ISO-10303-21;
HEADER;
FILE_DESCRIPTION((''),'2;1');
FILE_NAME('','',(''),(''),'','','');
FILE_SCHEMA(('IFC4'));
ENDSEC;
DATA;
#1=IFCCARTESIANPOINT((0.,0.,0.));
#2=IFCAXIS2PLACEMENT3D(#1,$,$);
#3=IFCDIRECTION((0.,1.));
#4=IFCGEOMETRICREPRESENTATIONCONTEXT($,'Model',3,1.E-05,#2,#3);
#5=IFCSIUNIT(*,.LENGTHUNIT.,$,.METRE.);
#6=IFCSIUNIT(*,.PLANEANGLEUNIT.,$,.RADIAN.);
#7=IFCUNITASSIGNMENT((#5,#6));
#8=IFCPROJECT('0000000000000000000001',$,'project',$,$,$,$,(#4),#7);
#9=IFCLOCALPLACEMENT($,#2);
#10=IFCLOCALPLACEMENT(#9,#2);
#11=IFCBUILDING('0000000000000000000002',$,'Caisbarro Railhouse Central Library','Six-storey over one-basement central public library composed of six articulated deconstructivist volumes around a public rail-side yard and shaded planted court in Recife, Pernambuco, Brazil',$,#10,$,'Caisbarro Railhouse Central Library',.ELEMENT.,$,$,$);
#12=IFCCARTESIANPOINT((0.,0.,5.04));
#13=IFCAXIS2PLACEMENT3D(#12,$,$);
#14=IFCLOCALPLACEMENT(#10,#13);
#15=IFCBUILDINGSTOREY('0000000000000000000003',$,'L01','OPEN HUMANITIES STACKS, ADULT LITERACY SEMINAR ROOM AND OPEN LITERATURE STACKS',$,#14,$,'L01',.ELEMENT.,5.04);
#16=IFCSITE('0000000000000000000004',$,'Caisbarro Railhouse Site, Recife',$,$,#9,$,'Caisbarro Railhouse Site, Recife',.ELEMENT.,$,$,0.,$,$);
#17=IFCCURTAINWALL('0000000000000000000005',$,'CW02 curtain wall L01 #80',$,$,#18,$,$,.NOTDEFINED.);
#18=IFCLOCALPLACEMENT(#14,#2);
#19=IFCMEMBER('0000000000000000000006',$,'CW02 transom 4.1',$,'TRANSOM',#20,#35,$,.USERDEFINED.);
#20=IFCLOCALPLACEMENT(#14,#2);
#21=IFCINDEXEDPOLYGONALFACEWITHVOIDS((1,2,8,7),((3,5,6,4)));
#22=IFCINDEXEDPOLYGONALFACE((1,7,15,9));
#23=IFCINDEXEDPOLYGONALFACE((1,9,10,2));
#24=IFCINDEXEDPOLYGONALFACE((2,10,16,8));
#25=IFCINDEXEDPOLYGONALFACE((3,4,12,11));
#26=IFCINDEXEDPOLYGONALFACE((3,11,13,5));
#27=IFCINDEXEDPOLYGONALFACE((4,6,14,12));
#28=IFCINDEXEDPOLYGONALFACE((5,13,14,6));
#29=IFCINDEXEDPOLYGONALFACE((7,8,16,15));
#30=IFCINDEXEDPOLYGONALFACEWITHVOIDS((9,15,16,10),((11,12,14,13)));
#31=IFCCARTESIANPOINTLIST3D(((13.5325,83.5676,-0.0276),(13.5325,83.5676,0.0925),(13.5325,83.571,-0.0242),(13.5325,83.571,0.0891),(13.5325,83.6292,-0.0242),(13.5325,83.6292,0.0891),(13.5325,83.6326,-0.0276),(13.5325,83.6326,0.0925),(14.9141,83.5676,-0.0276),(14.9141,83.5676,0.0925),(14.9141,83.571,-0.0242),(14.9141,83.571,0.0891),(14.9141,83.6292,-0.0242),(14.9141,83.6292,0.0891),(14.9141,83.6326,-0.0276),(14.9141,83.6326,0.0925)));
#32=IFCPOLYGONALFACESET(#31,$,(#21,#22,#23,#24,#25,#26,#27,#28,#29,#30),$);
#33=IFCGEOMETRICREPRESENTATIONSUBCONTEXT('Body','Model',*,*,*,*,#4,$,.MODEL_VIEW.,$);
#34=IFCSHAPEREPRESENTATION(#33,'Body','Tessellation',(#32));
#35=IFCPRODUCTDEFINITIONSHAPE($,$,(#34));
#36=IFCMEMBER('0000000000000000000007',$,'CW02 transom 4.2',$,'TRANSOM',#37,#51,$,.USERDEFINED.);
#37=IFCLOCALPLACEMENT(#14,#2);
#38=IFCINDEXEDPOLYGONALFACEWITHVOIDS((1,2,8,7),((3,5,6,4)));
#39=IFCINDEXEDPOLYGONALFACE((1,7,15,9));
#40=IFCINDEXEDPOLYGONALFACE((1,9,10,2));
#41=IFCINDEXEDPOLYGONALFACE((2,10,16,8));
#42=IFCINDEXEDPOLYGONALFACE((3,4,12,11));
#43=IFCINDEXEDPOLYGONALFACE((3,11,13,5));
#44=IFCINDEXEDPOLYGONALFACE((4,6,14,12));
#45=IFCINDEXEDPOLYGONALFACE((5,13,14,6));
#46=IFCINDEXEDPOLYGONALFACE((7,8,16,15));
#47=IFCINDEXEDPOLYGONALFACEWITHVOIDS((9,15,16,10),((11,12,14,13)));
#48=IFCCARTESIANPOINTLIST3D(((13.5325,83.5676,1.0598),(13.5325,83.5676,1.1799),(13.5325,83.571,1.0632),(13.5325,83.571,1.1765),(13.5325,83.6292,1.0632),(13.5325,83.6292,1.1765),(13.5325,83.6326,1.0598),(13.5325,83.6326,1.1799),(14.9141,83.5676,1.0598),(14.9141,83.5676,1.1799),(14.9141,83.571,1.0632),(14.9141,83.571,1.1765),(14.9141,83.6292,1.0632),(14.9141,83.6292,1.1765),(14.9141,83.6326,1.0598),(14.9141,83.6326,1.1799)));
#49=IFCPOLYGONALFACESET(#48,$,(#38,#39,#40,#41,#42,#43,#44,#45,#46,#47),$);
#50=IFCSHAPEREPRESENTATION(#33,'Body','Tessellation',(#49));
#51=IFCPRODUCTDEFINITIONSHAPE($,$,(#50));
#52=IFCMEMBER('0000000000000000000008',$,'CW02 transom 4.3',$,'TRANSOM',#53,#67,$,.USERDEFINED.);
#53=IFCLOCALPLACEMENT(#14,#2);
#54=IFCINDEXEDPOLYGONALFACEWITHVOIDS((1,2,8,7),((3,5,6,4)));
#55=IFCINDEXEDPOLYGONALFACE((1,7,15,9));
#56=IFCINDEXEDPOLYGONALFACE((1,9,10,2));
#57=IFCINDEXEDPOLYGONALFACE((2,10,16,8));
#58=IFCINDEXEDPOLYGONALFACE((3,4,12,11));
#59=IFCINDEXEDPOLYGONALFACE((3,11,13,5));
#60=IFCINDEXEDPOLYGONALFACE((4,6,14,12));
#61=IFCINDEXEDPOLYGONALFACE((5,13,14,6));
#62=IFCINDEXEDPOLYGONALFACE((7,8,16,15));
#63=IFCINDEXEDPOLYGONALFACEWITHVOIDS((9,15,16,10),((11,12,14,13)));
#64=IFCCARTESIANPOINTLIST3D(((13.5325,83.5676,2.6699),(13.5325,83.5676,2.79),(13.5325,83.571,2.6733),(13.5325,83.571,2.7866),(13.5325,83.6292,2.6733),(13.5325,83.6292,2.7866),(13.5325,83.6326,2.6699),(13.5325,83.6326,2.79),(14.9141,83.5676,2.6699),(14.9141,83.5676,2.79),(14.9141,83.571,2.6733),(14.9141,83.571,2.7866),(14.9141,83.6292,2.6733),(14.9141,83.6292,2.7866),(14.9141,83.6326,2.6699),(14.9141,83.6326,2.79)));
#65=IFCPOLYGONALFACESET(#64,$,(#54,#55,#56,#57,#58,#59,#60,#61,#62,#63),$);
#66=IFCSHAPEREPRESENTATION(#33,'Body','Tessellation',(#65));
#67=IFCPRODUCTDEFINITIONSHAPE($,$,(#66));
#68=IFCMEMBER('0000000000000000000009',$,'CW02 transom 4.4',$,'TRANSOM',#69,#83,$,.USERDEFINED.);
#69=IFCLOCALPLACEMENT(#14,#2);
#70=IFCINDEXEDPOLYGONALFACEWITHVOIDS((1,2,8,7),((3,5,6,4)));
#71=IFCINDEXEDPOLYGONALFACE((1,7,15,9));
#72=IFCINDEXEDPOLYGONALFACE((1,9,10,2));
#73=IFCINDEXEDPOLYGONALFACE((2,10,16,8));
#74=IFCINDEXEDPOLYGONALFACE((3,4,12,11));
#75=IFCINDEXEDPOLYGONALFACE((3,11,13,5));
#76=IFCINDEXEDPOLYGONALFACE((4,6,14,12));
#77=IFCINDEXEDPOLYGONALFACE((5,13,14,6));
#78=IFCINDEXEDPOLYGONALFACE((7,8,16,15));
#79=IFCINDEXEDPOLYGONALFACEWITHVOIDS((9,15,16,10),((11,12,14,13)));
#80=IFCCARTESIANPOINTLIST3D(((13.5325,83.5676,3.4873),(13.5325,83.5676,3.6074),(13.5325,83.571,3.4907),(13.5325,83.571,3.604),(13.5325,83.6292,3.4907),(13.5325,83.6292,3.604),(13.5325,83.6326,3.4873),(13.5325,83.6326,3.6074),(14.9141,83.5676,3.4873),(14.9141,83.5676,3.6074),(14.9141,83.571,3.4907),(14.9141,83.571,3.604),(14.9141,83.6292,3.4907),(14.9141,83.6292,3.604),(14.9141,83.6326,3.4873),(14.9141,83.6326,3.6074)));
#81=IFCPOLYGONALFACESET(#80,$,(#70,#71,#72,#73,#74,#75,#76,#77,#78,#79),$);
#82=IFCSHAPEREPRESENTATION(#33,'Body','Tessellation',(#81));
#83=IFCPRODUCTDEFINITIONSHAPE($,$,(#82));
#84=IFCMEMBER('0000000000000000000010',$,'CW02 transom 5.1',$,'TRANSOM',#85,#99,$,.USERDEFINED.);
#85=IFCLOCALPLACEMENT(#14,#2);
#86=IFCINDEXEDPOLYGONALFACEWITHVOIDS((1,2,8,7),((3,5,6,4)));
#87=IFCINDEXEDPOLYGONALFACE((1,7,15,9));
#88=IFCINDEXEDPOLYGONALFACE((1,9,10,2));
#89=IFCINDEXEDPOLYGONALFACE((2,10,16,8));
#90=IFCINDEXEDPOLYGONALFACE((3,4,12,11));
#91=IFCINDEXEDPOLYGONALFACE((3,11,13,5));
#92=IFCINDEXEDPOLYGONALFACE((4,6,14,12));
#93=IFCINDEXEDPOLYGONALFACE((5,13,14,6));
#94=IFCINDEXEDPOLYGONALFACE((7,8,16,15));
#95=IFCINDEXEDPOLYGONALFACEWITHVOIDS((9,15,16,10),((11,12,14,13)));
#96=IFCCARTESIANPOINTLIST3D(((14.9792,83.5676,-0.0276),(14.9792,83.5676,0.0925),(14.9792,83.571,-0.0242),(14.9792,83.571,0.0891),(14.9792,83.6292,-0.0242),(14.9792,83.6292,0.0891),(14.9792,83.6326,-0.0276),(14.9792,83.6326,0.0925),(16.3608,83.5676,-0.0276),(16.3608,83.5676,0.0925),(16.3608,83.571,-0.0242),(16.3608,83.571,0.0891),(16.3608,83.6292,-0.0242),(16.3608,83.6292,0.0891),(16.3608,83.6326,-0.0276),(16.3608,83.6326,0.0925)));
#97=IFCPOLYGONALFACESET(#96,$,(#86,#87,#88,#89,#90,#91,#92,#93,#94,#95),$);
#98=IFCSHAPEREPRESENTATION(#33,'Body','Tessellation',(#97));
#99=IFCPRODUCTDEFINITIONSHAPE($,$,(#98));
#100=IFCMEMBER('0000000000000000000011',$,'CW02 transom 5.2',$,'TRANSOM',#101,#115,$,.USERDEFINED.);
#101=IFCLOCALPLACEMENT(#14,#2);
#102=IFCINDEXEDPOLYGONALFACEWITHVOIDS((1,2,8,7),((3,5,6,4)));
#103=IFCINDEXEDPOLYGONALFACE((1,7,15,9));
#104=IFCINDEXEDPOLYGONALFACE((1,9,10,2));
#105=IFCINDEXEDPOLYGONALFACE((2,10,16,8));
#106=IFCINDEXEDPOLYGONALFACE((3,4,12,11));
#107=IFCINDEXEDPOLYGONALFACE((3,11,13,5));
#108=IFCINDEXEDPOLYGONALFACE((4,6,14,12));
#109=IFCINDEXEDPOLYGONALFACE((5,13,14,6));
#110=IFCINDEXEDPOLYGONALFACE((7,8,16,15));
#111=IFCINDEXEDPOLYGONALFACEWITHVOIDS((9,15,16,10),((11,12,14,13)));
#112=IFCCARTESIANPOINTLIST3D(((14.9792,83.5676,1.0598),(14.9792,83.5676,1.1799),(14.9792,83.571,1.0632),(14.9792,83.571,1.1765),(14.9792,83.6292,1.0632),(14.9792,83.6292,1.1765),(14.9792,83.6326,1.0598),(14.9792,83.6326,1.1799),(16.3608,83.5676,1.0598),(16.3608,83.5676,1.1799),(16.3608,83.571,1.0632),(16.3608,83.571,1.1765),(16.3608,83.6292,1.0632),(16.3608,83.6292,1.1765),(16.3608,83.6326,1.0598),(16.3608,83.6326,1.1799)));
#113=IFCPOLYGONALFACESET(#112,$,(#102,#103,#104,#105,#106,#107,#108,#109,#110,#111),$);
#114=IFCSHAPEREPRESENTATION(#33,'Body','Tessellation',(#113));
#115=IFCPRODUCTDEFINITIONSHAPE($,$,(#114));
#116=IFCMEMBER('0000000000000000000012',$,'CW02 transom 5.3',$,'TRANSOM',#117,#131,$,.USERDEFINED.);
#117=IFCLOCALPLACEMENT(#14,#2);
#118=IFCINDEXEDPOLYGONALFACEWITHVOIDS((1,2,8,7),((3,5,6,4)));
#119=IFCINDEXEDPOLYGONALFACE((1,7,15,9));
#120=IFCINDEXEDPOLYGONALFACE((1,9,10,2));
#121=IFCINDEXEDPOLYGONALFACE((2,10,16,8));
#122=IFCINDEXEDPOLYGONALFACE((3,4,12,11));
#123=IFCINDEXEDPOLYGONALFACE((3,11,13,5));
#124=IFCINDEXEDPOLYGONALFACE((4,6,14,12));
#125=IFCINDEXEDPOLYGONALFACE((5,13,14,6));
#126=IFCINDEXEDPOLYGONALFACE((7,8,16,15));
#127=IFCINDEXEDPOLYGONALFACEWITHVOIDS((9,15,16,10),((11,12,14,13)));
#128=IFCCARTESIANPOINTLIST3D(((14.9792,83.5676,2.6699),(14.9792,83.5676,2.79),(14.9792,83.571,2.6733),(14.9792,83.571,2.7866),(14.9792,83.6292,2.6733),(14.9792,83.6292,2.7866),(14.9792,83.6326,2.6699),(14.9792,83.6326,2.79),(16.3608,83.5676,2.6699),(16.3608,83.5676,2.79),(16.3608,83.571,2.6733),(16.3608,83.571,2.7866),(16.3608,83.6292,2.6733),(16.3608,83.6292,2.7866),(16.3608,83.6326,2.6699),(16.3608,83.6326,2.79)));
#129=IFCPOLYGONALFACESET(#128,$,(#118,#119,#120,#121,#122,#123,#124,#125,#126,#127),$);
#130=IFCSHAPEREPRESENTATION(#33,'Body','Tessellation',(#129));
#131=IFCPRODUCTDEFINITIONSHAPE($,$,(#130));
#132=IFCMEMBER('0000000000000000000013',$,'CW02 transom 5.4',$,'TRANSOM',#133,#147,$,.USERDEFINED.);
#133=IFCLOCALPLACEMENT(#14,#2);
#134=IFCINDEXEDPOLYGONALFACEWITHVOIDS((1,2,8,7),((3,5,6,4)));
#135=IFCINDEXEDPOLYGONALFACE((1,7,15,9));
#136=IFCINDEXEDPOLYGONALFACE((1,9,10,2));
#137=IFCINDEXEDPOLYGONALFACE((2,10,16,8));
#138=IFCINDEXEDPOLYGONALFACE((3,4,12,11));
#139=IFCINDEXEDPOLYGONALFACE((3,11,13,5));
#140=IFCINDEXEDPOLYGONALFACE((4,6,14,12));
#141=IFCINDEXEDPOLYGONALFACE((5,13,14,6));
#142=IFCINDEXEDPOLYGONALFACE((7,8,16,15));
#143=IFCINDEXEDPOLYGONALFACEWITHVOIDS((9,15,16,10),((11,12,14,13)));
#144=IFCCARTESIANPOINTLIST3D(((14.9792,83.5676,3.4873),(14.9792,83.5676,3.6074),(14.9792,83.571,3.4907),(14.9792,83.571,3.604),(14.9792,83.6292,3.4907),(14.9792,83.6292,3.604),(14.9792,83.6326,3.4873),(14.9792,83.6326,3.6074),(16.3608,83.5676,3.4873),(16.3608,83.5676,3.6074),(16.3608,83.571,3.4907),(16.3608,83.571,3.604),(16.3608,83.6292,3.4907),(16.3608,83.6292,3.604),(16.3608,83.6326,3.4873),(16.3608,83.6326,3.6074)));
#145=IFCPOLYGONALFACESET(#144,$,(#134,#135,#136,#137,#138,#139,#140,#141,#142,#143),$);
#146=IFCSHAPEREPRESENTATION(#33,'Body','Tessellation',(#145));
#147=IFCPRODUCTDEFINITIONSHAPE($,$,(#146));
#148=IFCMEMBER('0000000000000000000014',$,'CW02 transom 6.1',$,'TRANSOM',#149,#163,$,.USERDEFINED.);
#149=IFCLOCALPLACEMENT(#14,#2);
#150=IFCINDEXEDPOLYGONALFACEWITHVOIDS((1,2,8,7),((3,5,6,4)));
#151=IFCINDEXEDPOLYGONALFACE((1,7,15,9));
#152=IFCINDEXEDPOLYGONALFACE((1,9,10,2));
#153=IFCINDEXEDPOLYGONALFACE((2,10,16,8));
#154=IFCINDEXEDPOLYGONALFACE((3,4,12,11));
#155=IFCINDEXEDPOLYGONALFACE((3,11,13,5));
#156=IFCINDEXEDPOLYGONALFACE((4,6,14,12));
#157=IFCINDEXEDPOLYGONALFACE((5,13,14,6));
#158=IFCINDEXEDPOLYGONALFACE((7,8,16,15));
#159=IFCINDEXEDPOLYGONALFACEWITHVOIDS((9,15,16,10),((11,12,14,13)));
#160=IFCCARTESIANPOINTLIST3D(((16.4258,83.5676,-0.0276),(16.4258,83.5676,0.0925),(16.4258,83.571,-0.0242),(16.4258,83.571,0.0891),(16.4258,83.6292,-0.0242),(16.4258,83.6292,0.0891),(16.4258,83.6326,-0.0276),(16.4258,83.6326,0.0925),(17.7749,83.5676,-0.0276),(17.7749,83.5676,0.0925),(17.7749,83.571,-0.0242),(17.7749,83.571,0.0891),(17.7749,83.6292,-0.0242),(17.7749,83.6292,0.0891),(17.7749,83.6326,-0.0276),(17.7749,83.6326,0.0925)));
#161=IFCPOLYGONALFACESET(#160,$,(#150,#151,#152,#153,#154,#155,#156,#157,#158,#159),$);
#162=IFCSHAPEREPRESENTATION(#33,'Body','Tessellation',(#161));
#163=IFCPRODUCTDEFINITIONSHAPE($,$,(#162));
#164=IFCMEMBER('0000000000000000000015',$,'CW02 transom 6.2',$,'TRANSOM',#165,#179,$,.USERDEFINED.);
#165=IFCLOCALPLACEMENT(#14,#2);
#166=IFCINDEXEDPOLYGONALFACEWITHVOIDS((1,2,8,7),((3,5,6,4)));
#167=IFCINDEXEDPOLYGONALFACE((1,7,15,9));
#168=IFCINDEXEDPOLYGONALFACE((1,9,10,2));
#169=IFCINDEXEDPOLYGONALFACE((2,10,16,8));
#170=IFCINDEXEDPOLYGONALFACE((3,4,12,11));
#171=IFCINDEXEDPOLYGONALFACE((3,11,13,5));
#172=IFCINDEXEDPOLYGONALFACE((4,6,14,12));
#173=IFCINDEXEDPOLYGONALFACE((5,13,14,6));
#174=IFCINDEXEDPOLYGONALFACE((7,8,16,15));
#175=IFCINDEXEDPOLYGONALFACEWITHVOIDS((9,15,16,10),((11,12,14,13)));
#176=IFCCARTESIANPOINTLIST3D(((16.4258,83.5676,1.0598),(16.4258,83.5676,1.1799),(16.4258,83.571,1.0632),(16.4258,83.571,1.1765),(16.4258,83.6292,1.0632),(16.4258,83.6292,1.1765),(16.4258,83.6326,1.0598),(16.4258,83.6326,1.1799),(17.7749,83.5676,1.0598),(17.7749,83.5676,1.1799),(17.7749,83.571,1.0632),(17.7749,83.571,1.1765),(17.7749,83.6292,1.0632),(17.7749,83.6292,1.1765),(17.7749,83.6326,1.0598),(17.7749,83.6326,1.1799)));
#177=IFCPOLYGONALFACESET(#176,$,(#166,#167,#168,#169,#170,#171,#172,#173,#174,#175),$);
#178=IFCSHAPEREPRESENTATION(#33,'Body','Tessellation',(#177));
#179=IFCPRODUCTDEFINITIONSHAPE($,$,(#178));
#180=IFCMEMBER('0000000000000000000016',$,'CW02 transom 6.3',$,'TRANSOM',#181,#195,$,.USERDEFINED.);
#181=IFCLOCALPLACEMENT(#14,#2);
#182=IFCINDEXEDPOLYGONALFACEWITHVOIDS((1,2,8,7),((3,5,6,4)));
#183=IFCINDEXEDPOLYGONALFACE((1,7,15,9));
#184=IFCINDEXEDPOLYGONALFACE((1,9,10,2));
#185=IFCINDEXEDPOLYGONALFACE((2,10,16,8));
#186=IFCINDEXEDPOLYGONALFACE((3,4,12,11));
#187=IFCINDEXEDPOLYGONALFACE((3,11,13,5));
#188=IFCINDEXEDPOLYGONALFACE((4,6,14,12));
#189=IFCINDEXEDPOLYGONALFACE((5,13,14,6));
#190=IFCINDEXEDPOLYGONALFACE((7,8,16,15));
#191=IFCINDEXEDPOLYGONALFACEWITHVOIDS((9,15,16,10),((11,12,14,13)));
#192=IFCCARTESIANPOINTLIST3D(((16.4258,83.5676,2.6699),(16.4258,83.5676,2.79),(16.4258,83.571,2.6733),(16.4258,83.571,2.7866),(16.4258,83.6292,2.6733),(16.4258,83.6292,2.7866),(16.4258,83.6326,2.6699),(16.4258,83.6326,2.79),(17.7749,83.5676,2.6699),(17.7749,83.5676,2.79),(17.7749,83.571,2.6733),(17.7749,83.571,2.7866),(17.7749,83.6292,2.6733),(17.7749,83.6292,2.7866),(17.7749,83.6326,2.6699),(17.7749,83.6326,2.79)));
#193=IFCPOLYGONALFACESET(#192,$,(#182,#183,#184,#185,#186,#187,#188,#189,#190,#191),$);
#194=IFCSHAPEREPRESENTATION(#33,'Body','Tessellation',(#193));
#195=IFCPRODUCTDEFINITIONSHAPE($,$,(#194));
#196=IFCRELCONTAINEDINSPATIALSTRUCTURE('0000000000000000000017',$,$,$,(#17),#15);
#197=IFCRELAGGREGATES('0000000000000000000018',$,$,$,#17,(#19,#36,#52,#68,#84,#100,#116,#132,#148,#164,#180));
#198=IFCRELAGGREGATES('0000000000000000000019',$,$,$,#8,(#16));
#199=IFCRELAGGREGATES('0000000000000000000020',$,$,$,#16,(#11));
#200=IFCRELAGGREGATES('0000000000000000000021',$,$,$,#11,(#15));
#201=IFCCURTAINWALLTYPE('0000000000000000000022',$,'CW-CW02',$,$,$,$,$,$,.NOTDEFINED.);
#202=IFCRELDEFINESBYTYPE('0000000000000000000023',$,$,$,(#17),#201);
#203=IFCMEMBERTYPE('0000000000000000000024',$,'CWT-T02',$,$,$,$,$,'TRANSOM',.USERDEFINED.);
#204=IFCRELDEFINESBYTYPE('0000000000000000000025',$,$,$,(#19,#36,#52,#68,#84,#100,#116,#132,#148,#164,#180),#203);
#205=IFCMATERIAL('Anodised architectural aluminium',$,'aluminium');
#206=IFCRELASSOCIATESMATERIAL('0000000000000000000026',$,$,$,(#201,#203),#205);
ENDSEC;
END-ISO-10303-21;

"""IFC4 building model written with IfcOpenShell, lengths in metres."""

from ifc_helpers import new_model, si_unit, direction, frame, origin, origin_2d, place, context, subcontext, project, spatial, hollow_rectangle, extrude, material, material_profile, profile_set, type_object, element, aggregate, save


model = new_model("IFC4")

# Units and contexts
model_context = context("Model", 3, precision=1e-05, world=origin(), true_north=direction((0.0, 1.0)))
body_context = subcontext(model_context, "Body", "Model", "MODEL_VIEW")
ifc_project = project(units=[si_unit("LENGTHUNIT", "METRE"), si_unit("PLANEANGLEUNIT", "RADIAN")], contexts=[model_context])

# Site, building, storey
site_placement = place(None, origin())
site = spatial("IfcSite", under=ifc_project, at=site_placement, Name="Caisbarro Railhouse Site, Recife", LongName="Caisbarro Railhouse Site, Recife", CompositionType="ELEMENT", RefElevation=0.0)
building_placement = place(site_placement, origin())
building = spatial("IfcBuilding", under=site, at=building_placement, Name="Caisbarro Railhouse Central Library", Description="Six-storey over one-basement central public library composed of six articulated deconstructivist volumes around a public rail-side yard and shaded planted court in Recife, Pernambuco, Brazil", LongName="Caisbarro Railhouse Central Library", CompositionType="ELEMENT")
storey_placement = place(building_placement, frame((0.0, 0.0, 5.04)))
storey = spatial("IfcBuildingStorey", under=building, at=storey_placement, Name="L01", Description="OPEN HUMANITIES STACKS, ADULT LITERACY SEMINAR ROOM AND OPEN LITERATURE STACKS", LongName="L01", CompositionType="ELEMENT", Elevation=5.04)

# Curtain wall
ifc_material_1 = material(Name="Anodised architectural aluminium", Category="aluminium")
curtain_wall_type = type_object("IfcCurtainWallType", Name="CW-CW02", PredefinedType="NOTDEFINED", material=ifc_material_1)
curtain_wall_1_placement = place(storey_placement, origin())
curtain_wall_1 = element("IfcCurtainWall", 1, at=curtain_wall_1_placement, inside=storey, type_object=curtain_wall_type, Name="CW02 curtain wall L01 #80", PredefinedType="NOTDEFINED")

# Members
ifc_material_profile_1 = material_profile(ifc_material_1, hollow_rectangle(XDim=0.0649, YDim=0.1201, WallThickness=0.0034, at=origin_2d()), Name="ALU-TRN-65X120")
ifc_profile_set_1 = profile_set([ifc_material_profile_1], Name="Anodised architectural aluminium")
member_type_1 = type_object("IfcMemberType", Name="CWT-T02", ElementType="TRANSOM", PredefinedType="USERDEFINED", material=ifc_profile_set_1)
member_1_placement = place(storey_placement, frame((13.5325, 83.6001, 0.0325), z_axis=(1.0, 0.0, 0.0), x_axis=(0.0, 1.0, 0.0)))
member_1 = element("IfcMember", 2, at=member_1_placement, type_object=member_type_1, Name="CW02 transom 4.1", ObjectType="TRANSOM", PredefinedType="USERDEFINED", context=body_context, shape_type="SweptSolid", body=[
    extrude(hollow_rectangle(XDim=0.0649, YDim=0.1201, WallThickness=0.0034, at=origin_2d()), origin(), (0.0, 0.0, 1.0), 1.3816),
])
member_2_placement = place(storey_placement, frame((13.5325, 83.6001, 1.1199), z_axis=(1.0, 0.0, 0.0), x_axis=(0.0, 1.0, 0.0)))
member_2 = element("IfcMember", 3, at=member_2_placement, type_object=member_type_1, Name="CW02 transom 4.2", ObjectType="TRANSOM", PredefinedType="USERDEFINED", context=body_context, shape_type="SweptSolid", body=[
    extrude(hollow_rectangle(XDim=0.0649, YDim=0.1201, WallThickness=0.0034, at=origin_2d()), origin(), (0.0, 0.0, 1.0), 1.3816),
])
member_3_placement = place(storey_placement, frame((13.5325, 83.6001, 2.73), z_axis=(1.0, 0.0, 0.0), x_axis=(0.0, 1.0, 0.0)))
member_3 = element("IfcMember", 4, at=member_3_placement, type_object=member_type_1, Name="CW02 transom 4.3", ObjectType="TRANSOM", PredefinedType="USERDEFINED", context=body_context, shape_type="SweptSolid", body=[
    extrude(hollow_rectangle(XDim=0.0649, YDim=0.1201, WallThickness=0.0034, at=origin_2d()), origin(), (0.0, 0.0, 1.0), 1.3816),
])
member_4_placement = place(storey_placement, frame((13.5325, 83.6001, 3.5474), z_axis=(1.0, 0.0, 0.0), x_axis=(0.0, 1.0, 0.0)))
member_4 = element("IfcMember", 5, at=member_4_placement, type_object=member_type_1, Name="CW02 transom 4.4", ObjectType="TRANSOM", PredefinedType="USERDEFINED", context=body_context, shape_type="SweptSolid", body=[
    extrude(hollow_rectangle(XDim=0.0649, YDim=0.1201, WallThickness=0.0034, at=origin_2d()), origin(), (0.0, 0.0, 1.0), 1.3816),
])
member_5_placement = place(storey_placement, frame((14.9792, 83.6001, 0.0325), z_axis=(1.0, 0.0, 0.0), x_axis=(0.0, 1.0, 0.0)))
member_5 = element("IfcMember", 6, at=member_5_placement, type_object=member_type_1, Name="CW02 transom 5.1", ObjectType="TRANSOM", PredefinedType="USERDEFINED", context=body_context, shape_type="SweptSolid", body=[
    extrude(hollow_rectangle(XDim=0.0649, YDim=0.1201, WallThickness=0.0034, at=origin_2d()), origin(), (0.0, 0.0, 1.0), 1.3816),
])
member_6_placement = place(storey_placement, frame((14.9792, 83.6001, 1.1199), z_axis=(1.0, 0.0, 0.0), x_axis=(0.0, 1.0, 0.0)))
member_6 = element("IfcMember", 7, at=member_6_placement, type_object=member_type_1, Name="CW02 transom 5.2", ObjectType="TRANSOM", PredefinedType="USERDEFINED", context=body_context, shape_type="SweptSolid", body=[
    extrude(hollow_rectangle(XDim=0.0649, YDim=0.1201, WallThickness=0.0034, at=origin_2d()), origin(), (0.0, 0.0, 1.0), 1.3816),
])
member_7_placement = place(storey_placement, frame((14.9792, 83.6001, 2.73), z_axis=(1.0, 0.0, 0.0), x_axis=(0.0, 1.0, 0.0)))
member_7 = element("IfcMember", 8, at=member_7_placement, type_object=member_type_1, Name="CW02 transom 5.3", ObjectType="TRANSOM", PredefinedType="USERDEFINED", context=body_context, shape_type="SweptSolid", body=[
    extrude(hollow_rectangle(XDim=0.0649, YDim=0.1201, WallThickness=0.0034, at=origin_2d()), origin(), (0.0, 0.0, 1.0), 1.3816),
])
member_8_placement = place(storey_placement, frame((14.9792, 83.6001, 3.5474), z_axis=(1.0, 0.0, 0.0), x_axis=(0.0, 1.0, 0.0)))
member_8 = element("IfcMember", 9, at=member_8_placement, type_object=member_type_1, Name="CW02 transom 5.4", ObjectType="TRANSOM", PredefinedType="USERDEFINED", context=body_context, shape_type="SweptSolid", body=[
    extrude(hollow_rectangle(XDim=0.0649, YDim=0.1201, WallThickness=0.0034, at=origin_2d()), origin(), (0.0, 0.0, 1.0), 1.3816),
])
member_9_placement = place(storey_placement, frame((16.4258, 83.6001, 0.0325), z_axis=(1.0, 0.0, 0.0), x_axis=(0.0, 1.0, 0.0)))
member_9 = element("IfcMember", 10, at=member_9_placement, type_object=member_type_1, Name="CW02 transom 6.1", ObjectType="TRANSOM", PredefinedType="USERDEFINED", context=body_context, shape_type="SweptSolid", body=[
    extrude(hollow_rectangle(XDim=0.0649, YDim=0.1201, WallThickness=0.0034, at=origin_2d()), origin(), (0.0, 0.0, 1.0), 1.3491),
])
member_10_placement = place(storey_placement, frame((16.4258, 83.6001, 1.1199), z_axis=(1.0, 0.0, 0.0), x_axis=(0.0, 1.0, 0.0)))
member_10 = element("IfcMember", 11, at=member_10_placement, type_object=member_type_1, Name="CW02 transom 6.2", ObjectType="TRANSOM", PredefinedType="USERDEFINED", context=body_context, shape_type="SweptSolid", body=[
    extrude(hollow_rectangle(XDim=0.0649, YDim=0.1201, WallThickness=0.0034, at=origin_2d()), origin(), (0.0, 0.0, 1.0), 1.3491),
])
member_11_placement = place(storey_placement, frame((16.4258, 83.6001, 2.73), z_axis=(1.0, 0.0, 0.0), x_axis=(0.0, 1.0, 0.0)))
member_11 = element("IfcMember", 12, at=member_11_placement, type_object=member_type_1, Name="CW02 transom 6.3", ObjectType="TRANSOM", PredefinedType="USERDEFINED", context=body_context, shape_type="SweptSolid", body=[
    extrude(hollow_rectangle(XDim=0.0649, YDim=0.1201, WallThickness=0.0034, at=origin_2d()), origin(), (0.0, 0.0, 1.0), 1.3491),
])

aggregate(curtain_wall_1, [member_1, member_2, member_3, member_4, member_5, member_6, member_7, member_8, member_9, member_10, member_11])

save(model, "model.ifc")
